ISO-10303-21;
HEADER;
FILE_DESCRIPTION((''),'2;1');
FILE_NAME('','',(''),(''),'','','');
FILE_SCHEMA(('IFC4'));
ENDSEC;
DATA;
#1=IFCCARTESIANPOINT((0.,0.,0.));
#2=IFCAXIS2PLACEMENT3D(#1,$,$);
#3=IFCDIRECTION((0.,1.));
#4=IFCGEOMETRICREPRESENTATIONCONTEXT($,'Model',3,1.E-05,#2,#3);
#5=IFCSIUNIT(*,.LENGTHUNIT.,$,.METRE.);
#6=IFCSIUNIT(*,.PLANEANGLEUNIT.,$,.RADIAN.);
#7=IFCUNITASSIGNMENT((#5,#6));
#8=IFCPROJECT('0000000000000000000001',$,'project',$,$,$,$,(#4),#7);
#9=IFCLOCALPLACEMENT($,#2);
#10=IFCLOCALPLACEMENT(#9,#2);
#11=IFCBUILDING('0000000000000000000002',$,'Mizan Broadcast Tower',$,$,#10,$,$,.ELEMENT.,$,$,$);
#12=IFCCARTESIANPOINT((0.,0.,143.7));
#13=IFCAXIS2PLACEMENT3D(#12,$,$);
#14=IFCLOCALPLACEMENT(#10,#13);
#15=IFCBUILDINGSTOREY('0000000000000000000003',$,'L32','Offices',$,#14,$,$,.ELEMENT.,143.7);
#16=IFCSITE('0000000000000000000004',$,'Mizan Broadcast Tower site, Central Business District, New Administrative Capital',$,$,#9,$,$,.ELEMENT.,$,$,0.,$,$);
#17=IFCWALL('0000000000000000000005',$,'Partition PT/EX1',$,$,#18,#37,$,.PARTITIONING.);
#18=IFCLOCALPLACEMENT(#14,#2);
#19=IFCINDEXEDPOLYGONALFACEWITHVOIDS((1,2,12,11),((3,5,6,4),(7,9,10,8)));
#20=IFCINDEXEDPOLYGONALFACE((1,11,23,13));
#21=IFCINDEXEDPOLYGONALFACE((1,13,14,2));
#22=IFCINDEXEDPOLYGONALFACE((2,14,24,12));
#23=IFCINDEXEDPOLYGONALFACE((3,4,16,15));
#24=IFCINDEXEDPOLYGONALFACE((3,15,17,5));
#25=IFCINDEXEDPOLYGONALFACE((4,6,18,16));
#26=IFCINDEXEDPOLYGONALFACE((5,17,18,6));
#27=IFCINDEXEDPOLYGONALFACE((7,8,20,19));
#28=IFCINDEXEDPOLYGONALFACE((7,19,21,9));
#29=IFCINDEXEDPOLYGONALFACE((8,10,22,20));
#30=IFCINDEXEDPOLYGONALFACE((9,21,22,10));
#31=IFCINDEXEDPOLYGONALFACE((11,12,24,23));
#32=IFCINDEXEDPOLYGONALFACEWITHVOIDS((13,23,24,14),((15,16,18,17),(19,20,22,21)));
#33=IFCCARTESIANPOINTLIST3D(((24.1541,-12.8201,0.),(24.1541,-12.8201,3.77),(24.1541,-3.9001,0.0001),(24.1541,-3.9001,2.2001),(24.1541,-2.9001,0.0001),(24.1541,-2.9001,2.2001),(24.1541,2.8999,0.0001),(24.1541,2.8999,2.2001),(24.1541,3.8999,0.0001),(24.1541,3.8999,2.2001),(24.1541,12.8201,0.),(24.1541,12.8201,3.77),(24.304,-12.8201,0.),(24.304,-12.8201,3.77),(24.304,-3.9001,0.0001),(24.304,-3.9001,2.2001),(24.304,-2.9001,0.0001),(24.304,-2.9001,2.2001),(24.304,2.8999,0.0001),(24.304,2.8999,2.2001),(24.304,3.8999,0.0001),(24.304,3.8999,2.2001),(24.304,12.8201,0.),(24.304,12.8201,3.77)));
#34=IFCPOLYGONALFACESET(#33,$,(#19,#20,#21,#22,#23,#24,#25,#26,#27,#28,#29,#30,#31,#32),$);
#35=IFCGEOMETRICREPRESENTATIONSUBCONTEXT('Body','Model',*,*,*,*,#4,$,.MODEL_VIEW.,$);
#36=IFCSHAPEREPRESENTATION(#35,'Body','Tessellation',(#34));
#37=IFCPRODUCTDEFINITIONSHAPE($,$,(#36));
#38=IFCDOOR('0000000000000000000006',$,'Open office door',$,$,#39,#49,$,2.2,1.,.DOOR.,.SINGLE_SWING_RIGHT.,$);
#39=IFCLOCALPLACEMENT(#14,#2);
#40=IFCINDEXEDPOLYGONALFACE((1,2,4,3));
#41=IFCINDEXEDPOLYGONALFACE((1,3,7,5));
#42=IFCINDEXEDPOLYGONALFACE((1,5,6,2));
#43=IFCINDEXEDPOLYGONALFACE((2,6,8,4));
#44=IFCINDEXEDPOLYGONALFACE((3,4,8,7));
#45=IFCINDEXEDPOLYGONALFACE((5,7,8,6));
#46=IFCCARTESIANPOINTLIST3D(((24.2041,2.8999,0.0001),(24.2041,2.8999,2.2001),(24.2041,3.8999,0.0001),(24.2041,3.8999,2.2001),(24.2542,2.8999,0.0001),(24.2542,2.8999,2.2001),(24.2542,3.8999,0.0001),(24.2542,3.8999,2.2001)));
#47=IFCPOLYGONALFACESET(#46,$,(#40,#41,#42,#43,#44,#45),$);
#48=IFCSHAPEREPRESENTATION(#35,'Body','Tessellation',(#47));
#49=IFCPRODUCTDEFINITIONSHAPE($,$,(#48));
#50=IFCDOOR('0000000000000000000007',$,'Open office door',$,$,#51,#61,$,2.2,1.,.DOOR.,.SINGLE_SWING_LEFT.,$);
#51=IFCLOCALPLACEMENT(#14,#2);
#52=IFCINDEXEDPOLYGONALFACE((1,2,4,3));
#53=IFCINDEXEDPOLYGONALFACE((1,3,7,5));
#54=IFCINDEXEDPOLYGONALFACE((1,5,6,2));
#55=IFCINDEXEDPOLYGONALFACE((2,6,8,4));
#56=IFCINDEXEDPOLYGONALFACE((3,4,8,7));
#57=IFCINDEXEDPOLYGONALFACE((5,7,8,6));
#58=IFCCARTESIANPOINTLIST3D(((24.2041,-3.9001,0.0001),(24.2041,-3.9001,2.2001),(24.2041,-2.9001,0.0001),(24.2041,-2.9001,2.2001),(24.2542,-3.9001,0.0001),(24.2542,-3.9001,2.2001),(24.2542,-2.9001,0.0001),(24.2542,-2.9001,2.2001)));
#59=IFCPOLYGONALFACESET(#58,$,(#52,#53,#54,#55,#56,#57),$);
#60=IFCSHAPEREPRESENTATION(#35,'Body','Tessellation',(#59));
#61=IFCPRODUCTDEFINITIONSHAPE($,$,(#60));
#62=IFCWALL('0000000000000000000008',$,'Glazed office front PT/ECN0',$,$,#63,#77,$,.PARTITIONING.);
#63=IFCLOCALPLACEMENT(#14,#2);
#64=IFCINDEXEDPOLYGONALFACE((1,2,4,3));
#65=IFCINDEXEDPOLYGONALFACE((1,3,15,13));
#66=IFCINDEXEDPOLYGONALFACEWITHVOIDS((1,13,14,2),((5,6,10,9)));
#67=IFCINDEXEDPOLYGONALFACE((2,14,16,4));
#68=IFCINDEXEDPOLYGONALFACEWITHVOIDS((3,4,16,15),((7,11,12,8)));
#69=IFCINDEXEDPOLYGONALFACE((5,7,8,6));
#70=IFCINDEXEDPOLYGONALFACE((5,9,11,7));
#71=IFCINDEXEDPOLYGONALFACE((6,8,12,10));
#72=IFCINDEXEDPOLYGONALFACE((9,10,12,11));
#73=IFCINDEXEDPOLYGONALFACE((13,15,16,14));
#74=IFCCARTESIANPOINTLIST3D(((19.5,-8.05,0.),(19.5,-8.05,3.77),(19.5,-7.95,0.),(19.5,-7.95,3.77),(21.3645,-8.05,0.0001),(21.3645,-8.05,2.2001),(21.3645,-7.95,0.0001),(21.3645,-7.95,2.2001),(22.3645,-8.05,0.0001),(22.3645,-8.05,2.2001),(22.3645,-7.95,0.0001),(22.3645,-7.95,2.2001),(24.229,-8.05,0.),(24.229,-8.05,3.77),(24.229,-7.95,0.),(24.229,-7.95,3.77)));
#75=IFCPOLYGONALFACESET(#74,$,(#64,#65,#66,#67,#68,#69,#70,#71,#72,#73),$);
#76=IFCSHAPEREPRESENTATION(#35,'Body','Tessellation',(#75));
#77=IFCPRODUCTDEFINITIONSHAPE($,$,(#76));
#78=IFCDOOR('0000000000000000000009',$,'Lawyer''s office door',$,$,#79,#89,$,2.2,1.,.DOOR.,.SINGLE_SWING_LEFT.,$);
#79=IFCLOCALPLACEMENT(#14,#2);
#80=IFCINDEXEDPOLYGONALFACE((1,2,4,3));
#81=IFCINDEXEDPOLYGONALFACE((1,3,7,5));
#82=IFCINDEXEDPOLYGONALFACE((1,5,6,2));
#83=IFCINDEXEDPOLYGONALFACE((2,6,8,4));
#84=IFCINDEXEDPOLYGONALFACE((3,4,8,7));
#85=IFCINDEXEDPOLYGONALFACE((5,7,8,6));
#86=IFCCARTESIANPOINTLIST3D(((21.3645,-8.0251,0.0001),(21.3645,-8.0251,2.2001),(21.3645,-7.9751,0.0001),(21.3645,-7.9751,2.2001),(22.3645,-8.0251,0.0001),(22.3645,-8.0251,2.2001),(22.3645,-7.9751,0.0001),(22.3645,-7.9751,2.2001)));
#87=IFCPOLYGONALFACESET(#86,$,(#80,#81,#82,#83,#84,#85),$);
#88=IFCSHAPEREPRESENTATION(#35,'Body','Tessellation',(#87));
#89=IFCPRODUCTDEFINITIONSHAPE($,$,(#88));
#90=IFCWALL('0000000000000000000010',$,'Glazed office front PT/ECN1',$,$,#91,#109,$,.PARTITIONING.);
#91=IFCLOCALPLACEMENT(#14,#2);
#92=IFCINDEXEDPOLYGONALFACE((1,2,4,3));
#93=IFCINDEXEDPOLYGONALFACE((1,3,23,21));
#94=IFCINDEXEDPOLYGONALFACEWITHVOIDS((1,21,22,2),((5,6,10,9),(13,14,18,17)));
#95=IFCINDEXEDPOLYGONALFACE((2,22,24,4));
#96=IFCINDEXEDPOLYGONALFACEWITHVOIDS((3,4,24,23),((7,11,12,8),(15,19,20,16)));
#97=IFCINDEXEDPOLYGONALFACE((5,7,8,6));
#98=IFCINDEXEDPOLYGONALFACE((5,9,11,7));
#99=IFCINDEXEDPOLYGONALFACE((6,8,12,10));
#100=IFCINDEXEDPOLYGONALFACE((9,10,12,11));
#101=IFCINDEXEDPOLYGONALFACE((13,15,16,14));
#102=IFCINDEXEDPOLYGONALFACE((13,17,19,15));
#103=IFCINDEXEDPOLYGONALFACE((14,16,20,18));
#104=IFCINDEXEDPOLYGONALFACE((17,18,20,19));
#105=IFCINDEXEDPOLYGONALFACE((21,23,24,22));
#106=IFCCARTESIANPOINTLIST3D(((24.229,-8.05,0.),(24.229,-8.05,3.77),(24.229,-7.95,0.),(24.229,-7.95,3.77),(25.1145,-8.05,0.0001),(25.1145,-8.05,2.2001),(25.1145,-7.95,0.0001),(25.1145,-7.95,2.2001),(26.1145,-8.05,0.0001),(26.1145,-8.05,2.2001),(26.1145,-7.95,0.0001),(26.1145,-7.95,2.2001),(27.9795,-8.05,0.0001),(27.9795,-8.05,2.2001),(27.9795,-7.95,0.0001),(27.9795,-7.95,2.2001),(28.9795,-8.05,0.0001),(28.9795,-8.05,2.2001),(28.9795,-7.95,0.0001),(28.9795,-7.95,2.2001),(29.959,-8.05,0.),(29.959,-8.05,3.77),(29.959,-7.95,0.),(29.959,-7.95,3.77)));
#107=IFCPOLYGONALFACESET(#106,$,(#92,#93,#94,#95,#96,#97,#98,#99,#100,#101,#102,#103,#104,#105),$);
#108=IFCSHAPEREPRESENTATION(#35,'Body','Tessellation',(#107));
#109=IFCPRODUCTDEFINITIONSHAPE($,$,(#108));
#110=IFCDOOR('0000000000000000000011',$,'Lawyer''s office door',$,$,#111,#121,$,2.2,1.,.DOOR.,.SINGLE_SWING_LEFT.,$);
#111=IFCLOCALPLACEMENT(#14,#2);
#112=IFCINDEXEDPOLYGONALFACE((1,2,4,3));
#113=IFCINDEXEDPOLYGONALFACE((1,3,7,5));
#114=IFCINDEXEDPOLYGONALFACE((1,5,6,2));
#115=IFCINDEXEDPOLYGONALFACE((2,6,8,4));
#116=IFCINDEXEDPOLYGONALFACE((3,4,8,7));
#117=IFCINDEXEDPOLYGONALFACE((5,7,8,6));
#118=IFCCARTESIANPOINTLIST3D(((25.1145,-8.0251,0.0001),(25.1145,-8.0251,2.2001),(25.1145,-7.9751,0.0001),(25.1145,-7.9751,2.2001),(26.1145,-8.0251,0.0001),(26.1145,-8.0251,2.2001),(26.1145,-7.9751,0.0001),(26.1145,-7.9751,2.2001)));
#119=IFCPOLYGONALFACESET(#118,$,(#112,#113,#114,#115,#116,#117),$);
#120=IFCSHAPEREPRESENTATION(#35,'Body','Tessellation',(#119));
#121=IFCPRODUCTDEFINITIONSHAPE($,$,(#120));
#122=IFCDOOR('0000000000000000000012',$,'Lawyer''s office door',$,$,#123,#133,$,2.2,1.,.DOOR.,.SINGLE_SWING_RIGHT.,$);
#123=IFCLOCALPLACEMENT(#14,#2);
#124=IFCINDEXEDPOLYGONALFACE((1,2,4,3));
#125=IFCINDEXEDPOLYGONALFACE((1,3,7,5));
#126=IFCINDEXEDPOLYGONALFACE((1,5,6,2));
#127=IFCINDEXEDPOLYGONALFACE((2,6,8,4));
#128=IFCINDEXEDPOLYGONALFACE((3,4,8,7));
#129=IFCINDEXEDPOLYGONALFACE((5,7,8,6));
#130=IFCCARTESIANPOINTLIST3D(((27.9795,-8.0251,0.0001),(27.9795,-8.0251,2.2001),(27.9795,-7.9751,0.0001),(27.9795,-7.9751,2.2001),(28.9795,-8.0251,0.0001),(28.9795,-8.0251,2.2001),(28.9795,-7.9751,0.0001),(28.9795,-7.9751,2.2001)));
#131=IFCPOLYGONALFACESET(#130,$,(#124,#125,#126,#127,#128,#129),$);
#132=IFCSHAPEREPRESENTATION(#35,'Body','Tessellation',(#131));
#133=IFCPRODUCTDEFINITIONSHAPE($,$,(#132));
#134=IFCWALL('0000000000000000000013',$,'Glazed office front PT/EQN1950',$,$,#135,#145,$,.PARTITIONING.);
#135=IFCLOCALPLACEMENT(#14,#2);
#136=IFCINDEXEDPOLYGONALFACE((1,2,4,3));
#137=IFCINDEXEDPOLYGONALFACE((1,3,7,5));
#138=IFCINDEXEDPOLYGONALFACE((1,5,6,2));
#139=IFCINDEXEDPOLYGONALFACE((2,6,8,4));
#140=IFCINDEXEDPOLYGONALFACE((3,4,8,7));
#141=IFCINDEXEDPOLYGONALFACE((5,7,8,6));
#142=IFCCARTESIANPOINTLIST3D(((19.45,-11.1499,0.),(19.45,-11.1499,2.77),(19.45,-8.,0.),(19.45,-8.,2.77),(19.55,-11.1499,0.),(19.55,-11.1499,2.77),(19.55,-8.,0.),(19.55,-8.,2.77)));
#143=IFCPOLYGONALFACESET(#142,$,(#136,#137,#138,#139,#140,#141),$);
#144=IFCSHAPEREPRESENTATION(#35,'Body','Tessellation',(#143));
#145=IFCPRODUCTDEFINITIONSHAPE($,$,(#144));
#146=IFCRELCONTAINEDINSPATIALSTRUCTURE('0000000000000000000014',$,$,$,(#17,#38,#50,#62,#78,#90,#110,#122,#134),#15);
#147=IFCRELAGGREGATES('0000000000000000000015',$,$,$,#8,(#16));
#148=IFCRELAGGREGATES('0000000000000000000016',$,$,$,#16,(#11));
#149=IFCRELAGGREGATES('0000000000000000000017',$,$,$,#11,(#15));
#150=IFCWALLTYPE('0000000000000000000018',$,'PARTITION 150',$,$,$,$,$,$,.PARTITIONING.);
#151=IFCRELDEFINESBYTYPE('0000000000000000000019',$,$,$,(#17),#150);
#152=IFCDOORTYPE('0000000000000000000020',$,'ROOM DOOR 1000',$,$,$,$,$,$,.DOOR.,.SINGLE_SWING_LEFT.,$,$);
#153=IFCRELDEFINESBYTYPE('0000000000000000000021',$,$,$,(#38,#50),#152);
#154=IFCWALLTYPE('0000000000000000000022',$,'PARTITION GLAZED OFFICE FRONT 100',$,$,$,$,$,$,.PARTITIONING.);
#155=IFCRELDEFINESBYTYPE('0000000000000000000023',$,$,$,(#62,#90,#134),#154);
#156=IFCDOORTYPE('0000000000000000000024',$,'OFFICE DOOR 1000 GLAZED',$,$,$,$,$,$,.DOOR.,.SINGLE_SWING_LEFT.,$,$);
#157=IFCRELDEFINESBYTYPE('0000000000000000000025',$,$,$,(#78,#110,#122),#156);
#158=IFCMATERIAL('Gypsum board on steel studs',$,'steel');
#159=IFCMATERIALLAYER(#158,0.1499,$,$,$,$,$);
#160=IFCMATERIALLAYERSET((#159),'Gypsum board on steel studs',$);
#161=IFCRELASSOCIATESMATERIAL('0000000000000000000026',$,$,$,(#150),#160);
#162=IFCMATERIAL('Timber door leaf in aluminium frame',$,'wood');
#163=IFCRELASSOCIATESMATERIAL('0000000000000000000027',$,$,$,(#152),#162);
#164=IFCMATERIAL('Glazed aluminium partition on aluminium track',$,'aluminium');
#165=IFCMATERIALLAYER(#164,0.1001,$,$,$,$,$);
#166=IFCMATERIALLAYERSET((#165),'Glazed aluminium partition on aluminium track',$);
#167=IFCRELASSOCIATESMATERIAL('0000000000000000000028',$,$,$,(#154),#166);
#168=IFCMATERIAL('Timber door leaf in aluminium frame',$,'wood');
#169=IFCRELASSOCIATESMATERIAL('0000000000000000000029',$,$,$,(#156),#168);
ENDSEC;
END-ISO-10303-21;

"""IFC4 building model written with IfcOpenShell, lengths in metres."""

from ifc_helpers import new_model, si_unit, direction, frame, frame_2d, origin, place, context, subcontext, project, spatial, rectangle, extrude, material, layer, layer_set, type_object, element, fill, save


model = new_model("IFC4")

# Units and contexts
model_context = context("Model", 3, precision=1e-05, world=origin(), true_north=direction((0.0, 1.0)))
body_context = subcontext(model_context, "Body", "Model", "MODEL_VIEW")
ifc_project = project(units=[si_unit("LENGTHUNIT", "METRE"), si_unit("PLANEANGLEUNIT", "RADIAN")], contexts=[model_context])

# Site, building, storey
site_placement = place(None, origin())
site = spatial("IfcSite", under=ifc_project, at=site_placement, Name="Mizan Broadcast Tower site, Central Business District, New Administrative Capital", CompositionType="ELEMENT", RefElevation=0.0)
building_placement = place(site_placement, origin())
building = spatial("IfcBuilding", under=site, at=building_placement, Name="Mizan Broadcast Tower", CompositionType="ELEMENT")
storey_placement = place(building_placement, frame((0.0, 0.0, 143.7)))
storey = spatial("IfcBuildingStorey", under=building, at=storey_placement, Name="L32", Description="Offices", CompositionType="ELEMENT", Elevation=143.7)

# Wall, openings, doors
ifc_material_1 = material(Name="Gypsum board on steel studs", Category="steel")
ifc_layer_1 = layer(ifc_material_1, 0.1499)
ifc_layer_set_1 = layer_set([ifc_layer_1], Name="Gypsum board on steel studs")
wall_type_1 = type_object("IfcWallType", Name="PARTITION 150", PredefinedType="PARTITIONING", material=ifc_layer_set_1)
wall_1_placement = place(storey_placement, frame((24.229, -12.8201, 0.0), z_axis=(0.0, 0.0, 1.0), x_axis=(0.0, 1.0, 0.0)))
wall_1 = element("IfcWall", 1, at=wall_1_placement, inside=storey, type_object=wall_type_1, Name="Partition PT/EX1", PredefinedType="PARTITIONING", context=body_context, shape_type="SweptSolid", body=[
    extrude(rectangle(XDim=25.6401, YDim=0.1499, at=frame_2d((12.8201, 0.0))), origin(), (0.0, 0.0, 1.0), 3.77),
])
opening_1_placement = place(wall_1_placement, frame((15.72, 0.0, 0.0)))
opening_1 = element("IfcOpeningElement", 2, at=opening_1_placement, cuts=wall_1, PredefinedType="OPENING", context=body_context, shape_type="SweptSolid", body=[
    extrude(rectangle(XDim=1.0, YDim=2.2, at=frame_2d((0.5, 1.1001))), frame((0.0, 0.085, 0.0), z_axis=(0.0, -1.0, 0.0), x_axis=(1.0, 0.0, 0.0)), (0.0, 0.0, 1.0), 0.1699),
])
opening_2_placement = place(wall_1_placement, frame((8.9199, 0.0, 0.0)))
opening_2 = element("IfcOpeningElement", 3, at=opening_2_placement, cuts=wall_1, PredefinedType="OPENING", context=body_context, shape_type="SweptSolid", body=[
    extrude(rectangle(XDim=1.0, YDim=2.2, at=frame_2d((0.5, 1.1001))), frame((0.0, 0.085, 0.0), z_axis=(0.0, -1.0, 0.0), x_axis=(1.0, 0.0, 0.0)), (0.0, 0.0, 1.0), 0.1699),
])
ifc_material_2 = material(Name="Timber door leaf in aluminium frame", Category="wood")
door_type_1 = type_object("IfcDoorType", Name="ROOM DOOR 1000", OperationType="SINGLE_SWING_LEFT", PredefinedType="DOOR", material=ifc_material_2)
door_1_placement = place(opening_1_placement, origin())
door_1 = element("IfcDoor", 4, at=door_1_placement, inside=storey, type_object=door_type_1, Name="Open office door", OperationType="SINGLE_SWING_RIGHT", OverallHeight=2.2, OverallWidth=1.0, PredefinedType="DOOR", context=body_context, shape_type="SweptSolid", body=[
    extrude(rectangle(XDim=1.0, YDim=2.2, at=frame_2d((0.5, 1.1001))), frame((0.0, 0.0249, 0.0), z_axis=(0.0, -1.0, 0.0), x_axis=(1.0, 0.0, 0.0)), (0.0, 0.0, 1.0), 0.05),
])
fill(opening_1, door_1)
door_2_placement = place(opening_2_placement, origin())
door_2 = element("IfcDoor", 5, at=door_2_placement, inside=storey, type_object=door_type_1, Name="Open office door", OperationType="SINGLE_SWING_LEFT", OverallHeight=2.2, OverallWidth=1.0, PredefinedType="DOOR", context=body_context, shape_type="SweptSolid", body=[
    extrude(rectangle(XDim=1.0, YDim=2.2, at=frame_2d((0.5, 1.1001))), frame((0.0, 0.0249, 0.0), z_axis=(0.0, -1.0, 0.0), x_axis=(1.0, 0.0, 0.0)), (0.0, 0.0, 1.0), 0.05),
])
fill(opening_2, door_2)

# Wall, opening, door
ifc_material_3 = material(Name="Glazed aluminium partition on aluminium track", Category="aluminium")
ifc_layer_2 = layer(ifc_material_3, 0.1001)
ifc_layer_set_2 = layer_set([ifc_layer_2], Name="Glazed aluminium partition on aluminium track")
wall_type_2 = type_object("IfcWallType", Name="PARTITION GLAZED OFFICE FRONT 100", PredefinedType="PARTITIONING", material=ifc_layer_set_2)
wall_2_placement = place(storey_placement, frame((19.5, -8.0, 0.0), z_axis=(0.0, 0.0, 1.0), x_axis=(1.0, 0.0, 0.0)))
wall_2 = element("IfcWall", 6, at=wall_2_placement, inside=storey, type_object=wall_type_2, Name="Glazed office front PT/ECN0", PredefinedType="PARTITIONING", context=body_context, shape_type="SweptSolid", body=[
    extrude(rectangle(XDim=4.729, YDim=0.1001, at=frame_2d((2.3645, 0.0))), origin(), (0.0, 0.0, 1.0), 3.77),
])
opening_3_placement = place(wall_2_placement, frame((1.8645, 0.0, 0.0)))
opening_3 = element("IfcOpeningElement", 7, at=opening_3_placement, cuts=wall_2, PredefinedType="OPENING", context=body_context, shape_type="SweptSolid", body=[
    extrude(rectangle(XDim=1.0, YDim=2.2, at=frame_2d((0.5, 1.1001))), frame((0.0, 0.0601, 0.0), z_axis=(0.0, -1.0, 0.0), x_axis=(1.0, 0.0, 0.0)), (0.0, 0.0, 1.0), 0.1201),
])
ifc_material_4 = material(Name="Timber door leaf in aluminium frame", Category="wood")
door_type_2 = type_object("IfcDoorType", Name="OFFICE DOOR 1000 GLAZED", OperationType="SINGLE_SWING_LEFT", PredefinedType="DOOR", material=ifc_material_4)
door_3_placement = place(opening_3_placement, origin())
door_3 = element("IfcDoor", 8, at=door_3_placement, inside=storey, type_object=door_type_2, Name="Lawyer's office door", OperationType="SINGLE_SWING_LEFT", OverallHeight=2.2, OverallWidth=1.0, PredefinedType="DOOR", context=body_context, shape_type="SweptSolid", body=[
    extrude(rectangle(XDim=1.0, YDim=2.2, at=frame_2d((0.5, 1.1001))), frame((0.0, 0.0249, 0.0), z_axis=(0.0, -1.0, 0.0), x_axis=(1.0, 0.0, 0.0)), (0.0, 0.0, 1.0), 0.05),
])
fill(opening_3, door_3)

# Wall, openings, doors
wall_3_placement = place(storey_placement, frame((24.229, -8.0, 0.0), z_axis=(0.0, 0.0, 1.0), x_axis=(1.0, 0.0, 0.0)))
wall_3 = element("IfcWall", 9, at=wall_3_placement, inside=storey, type_object=wall_type_2, Name="Glazed office front PT/ECN1", PredefinedType="PARTITIONING", context=body_context, shape_type="SweptSolid", body=[
    extrude(rectangle(XDim=5.73, YDim=0.1001, at=frame_2d((2.865, 0.0))), origin(), (0.0, 0.0, 1.0), 3.77),
])
opening_4_placement = place(wall_3_placement, frame((0.8855, 0.0, 0.0)))
opening_4 = element("IfcOpeningElement", 10, at=opening_4_placement, cuts=wall_3, PredefinedType="OPENING", context=body_context, shape_type="SweptSolid", body=[
    extrude(rectangle(XDim=1.0, YDim=2.2, at=frame_2d((0.5, 1.1001))), frame((0.0, 0.0601, 0.0), z_axis=(0.0, -1.0, 0.0), x_axis=(1.0, 0.0, 0.0)), (0.0, 0.0, 1.0), 0.1201),
])
opening_5_placement = place(wall_3_placement, frame((3.7505, 0.0, 0.0)))
opening_5 = element("IfcOpeningElement", 11, at=opening_5_placement, cuts=wall_3, PredefinedType="OPENING", context=body_context, shape_type="SweptSolid", body=[
    extrude(rectangle(XDim=1.0, YDim=2.2, at=frame_2d((0.5, 1.1001))), frame((0.0, 0.0601, 0.0), z_axis=(0.0, -1.0, 0.0), x_axis=(1.0, 0.0, 0.0)), (0.0, 0.0, 1.0), 0.1201),
])
door_4_placement = place(opening_4_placement, origin())
door_4 = element("IfcDoor", 12, at=door_4_placement, inside=storey, type_object=door_type_2, Name="Lawyer's office door", OperationType="SINGLE_SWING_LEFT", OverallHeight=2.2, OverallWidth=1.0, PredefinedType="DOOR", context=body_context, shape_type="SweptSolid", body=[
    extrude(rectangle(XDim=1.0, YDim=2.2, at=frame_2d((0.5, 1.1001))), frame((0.0, 0.0249, 0.0), z_axis=(0.0, -1.0, 0.0), x_axis=(1.0, 0.0, 0.0)), (0.0, 0.0, 1.0), 0.05),
])
fill(opening_4, door_4)
door_5_placement = place(opening_5_placement, origin())
door_5 = element("IfcDoor", 13, at=door_5_placement, inside=storey, type_object=door_type_2, Name="Lawyer's office door", OperationType="SINGLE_SWING_RIGHT", OverallHeight=2.2, OverallWidth=1.0, PredefinedType="DOOR", context=body_context, shape_type="SweptSolid", body=[
    extrude(rectangle(XDim=1.0, YDim=2.2, at=frame_2d((0.5, 1.1001))), frame((0.0, 0.0249, 0.0), z_axis=(0.0, -1.0, 0.0), x_axis=(1.0, 0.0, 0.0)), (0.0, 0.0, 1.0), 0.05),
])
fill(opening_5, door_5)

# Wall
wall_4_placement = place(storey_placement, frame((19.5, -8.0, 0.0), z_axis=(0.0, 0.0, 1.0), x_axis=(0.0, -1.0, 0.0)))
element("IfcWall", 14, at=wall_4_placement, inside=storey, type_object=wall_type_2, Name="Glazed office front PT/EQN1950", PredefinedType="PARTITIONING", context=body_context, shape_type="SweptSolid", body=[
    extrude(rectangle(XDim=3.1499, YDim=0.1001, at=frame_2d((1.575, 0.0))), origin(), (0.0, 0.0, 1.0), 2.77),
])

save(model, "model.ifc")
